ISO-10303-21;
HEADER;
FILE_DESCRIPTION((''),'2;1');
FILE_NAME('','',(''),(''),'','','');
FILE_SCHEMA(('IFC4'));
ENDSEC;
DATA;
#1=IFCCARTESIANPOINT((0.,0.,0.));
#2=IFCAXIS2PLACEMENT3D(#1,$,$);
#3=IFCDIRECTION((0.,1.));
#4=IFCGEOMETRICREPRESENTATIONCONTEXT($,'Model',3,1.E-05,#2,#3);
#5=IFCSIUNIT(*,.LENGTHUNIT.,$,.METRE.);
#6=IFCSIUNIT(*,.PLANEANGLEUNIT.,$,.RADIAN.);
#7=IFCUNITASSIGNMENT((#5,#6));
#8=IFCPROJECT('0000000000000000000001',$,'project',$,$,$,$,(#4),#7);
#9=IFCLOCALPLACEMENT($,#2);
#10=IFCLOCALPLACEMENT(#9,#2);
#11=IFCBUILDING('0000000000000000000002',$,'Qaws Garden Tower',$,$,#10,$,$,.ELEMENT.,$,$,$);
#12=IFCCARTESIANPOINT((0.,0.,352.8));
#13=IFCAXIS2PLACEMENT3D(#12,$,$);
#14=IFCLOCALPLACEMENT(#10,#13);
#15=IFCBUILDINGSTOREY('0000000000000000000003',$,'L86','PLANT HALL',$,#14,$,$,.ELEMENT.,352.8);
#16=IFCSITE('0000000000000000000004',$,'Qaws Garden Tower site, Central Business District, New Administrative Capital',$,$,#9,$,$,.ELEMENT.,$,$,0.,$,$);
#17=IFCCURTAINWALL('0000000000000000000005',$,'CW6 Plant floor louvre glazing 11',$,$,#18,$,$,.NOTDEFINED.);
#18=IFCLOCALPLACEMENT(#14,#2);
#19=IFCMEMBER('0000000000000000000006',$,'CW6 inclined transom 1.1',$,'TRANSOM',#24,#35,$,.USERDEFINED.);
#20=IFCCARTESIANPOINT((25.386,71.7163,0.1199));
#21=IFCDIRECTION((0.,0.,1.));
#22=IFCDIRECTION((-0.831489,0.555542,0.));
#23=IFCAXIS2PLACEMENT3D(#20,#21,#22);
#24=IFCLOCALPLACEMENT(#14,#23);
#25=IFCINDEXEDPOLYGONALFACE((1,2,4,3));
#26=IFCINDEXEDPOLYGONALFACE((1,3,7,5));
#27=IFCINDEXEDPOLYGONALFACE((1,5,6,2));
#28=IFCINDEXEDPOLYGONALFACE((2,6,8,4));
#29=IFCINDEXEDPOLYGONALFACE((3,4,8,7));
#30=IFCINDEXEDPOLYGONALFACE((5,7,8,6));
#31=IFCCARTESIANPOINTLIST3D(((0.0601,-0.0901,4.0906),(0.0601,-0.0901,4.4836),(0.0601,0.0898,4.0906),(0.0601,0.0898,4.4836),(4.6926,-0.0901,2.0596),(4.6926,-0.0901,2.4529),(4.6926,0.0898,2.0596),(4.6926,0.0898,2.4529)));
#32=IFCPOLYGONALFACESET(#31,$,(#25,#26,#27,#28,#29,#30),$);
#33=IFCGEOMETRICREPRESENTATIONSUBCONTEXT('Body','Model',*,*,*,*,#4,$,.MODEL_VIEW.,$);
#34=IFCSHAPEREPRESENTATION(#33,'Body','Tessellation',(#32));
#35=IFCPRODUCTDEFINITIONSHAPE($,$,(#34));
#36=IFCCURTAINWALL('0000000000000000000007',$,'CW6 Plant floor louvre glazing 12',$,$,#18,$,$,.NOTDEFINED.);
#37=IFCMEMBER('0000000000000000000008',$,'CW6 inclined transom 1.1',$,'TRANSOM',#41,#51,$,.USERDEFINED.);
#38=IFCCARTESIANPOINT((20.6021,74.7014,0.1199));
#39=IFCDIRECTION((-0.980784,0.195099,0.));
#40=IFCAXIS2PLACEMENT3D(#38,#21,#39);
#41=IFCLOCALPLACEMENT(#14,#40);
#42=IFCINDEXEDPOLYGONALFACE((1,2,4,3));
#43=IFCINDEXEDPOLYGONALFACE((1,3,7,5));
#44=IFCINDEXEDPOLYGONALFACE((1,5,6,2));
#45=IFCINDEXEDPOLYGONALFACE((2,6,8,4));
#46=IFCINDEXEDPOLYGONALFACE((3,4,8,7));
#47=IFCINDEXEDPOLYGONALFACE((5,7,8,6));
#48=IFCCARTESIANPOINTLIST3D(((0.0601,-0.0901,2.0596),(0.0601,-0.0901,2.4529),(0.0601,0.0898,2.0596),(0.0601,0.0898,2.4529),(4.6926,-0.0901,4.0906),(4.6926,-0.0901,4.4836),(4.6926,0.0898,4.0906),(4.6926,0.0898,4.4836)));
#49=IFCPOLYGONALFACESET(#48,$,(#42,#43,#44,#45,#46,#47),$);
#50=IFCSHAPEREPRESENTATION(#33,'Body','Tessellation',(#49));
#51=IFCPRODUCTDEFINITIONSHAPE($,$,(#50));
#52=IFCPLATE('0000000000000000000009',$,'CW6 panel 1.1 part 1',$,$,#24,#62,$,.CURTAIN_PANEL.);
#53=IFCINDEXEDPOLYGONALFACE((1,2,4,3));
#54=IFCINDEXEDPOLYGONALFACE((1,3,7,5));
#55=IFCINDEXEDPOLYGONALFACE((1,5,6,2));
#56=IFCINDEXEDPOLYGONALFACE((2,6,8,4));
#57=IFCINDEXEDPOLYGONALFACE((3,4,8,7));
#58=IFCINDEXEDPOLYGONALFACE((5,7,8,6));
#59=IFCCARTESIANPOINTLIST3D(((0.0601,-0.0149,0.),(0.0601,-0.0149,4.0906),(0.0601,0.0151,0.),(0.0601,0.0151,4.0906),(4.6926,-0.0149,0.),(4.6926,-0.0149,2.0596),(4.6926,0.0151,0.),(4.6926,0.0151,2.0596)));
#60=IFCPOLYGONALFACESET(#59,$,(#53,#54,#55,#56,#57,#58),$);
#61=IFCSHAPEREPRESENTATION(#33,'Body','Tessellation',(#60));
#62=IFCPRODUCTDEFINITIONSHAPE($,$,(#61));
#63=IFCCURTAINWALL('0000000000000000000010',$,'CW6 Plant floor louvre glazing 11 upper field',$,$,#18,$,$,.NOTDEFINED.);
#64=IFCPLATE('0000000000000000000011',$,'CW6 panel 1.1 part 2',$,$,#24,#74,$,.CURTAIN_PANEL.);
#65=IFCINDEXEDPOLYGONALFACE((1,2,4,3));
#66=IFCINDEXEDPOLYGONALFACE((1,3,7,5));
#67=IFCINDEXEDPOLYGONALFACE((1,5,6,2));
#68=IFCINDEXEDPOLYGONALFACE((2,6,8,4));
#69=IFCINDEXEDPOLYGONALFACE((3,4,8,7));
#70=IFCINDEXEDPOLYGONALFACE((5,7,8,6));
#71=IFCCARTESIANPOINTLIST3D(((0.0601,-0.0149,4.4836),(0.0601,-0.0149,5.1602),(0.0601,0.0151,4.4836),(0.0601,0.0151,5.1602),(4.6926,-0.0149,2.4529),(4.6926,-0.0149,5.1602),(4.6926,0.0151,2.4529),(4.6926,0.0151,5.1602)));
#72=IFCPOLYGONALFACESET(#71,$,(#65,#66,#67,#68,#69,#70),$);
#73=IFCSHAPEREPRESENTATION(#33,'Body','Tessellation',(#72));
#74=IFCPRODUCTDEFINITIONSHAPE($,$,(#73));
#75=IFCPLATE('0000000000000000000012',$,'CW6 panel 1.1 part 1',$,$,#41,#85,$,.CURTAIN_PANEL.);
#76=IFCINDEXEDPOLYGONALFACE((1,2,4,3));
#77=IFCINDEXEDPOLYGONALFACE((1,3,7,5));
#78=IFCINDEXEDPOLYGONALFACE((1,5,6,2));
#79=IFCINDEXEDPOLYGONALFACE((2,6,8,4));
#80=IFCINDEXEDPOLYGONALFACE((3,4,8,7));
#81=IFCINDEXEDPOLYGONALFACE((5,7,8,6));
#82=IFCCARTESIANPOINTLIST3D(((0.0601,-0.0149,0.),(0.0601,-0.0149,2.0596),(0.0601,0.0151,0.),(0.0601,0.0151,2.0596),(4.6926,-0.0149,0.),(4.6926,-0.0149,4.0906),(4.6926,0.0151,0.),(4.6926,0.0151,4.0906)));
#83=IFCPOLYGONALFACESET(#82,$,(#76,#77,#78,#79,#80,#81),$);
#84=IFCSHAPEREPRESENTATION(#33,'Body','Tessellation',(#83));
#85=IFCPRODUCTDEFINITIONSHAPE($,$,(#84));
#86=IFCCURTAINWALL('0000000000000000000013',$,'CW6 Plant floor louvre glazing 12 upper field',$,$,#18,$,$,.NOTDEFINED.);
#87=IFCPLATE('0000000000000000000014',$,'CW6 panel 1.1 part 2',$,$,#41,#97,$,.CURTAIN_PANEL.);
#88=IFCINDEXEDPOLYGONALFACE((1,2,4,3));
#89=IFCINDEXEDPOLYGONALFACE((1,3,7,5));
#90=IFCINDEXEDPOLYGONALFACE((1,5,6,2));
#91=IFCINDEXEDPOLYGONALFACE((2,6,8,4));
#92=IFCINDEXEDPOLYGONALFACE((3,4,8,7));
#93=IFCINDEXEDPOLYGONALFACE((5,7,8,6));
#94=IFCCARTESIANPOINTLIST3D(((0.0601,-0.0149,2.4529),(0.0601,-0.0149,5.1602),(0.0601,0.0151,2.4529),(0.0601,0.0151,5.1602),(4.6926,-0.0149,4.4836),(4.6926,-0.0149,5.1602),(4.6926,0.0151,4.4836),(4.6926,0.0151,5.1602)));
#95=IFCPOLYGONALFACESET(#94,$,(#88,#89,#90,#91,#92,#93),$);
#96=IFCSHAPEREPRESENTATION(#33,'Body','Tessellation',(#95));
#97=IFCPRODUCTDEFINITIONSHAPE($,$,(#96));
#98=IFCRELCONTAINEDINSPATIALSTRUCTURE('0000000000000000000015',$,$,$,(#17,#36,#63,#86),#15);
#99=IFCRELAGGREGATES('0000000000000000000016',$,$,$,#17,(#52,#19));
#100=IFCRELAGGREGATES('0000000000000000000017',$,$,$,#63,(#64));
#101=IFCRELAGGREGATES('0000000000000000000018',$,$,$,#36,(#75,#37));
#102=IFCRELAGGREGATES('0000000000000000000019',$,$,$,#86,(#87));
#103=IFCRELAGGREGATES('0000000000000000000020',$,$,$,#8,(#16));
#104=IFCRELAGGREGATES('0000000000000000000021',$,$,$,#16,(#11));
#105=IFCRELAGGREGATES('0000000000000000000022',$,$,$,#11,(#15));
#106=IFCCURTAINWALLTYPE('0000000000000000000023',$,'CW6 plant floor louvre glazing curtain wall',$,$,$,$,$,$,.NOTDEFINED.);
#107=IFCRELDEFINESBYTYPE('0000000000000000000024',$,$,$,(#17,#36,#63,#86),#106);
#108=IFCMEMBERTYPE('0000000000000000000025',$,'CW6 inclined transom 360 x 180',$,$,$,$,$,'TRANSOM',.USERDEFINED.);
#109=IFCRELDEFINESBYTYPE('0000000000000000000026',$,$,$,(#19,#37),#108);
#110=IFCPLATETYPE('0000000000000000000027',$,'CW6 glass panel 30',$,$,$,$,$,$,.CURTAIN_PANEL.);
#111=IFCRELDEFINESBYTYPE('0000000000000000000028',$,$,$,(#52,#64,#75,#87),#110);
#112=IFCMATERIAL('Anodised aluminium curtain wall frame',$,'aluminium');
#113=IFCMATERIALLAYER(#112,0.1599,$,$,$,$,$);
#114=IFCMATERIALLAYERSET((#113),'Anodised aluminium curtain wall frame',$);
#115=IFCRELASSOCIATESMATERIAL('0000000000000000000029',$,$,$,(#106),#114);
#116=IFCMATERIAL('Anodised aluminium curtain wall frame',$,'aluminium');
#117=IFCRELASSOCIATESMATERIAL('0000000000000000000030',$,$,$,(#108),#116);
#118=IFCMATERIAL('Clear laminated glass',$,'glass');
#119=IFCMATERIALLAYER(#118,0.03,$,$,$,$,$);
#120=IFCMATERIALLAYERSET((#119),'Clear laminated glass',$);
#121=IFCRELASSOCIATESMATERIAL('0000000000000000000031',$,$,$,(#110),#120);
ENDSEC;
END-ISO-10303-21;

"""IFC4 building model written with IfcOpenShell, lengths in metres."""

from ifc_helpers import new_model, si_unit, direction, frame, origin, origin_2d, place, context, subcontext, project, spatial, polyline, rectangle, outline, extrude, material, layer, layer_set, material_profile, profile_set, type_object, element, aggregate, save


model = new_model("IFC4")

# Units and contexts
model_context = context("Model", 3, precision=1e-05, world=origin(), true_north=direction((0.0, 1.0)))
body_context = subcontext(model_context, "Body", "Model", "MODEL_VIEW")
ifc_project = project(units=[si_unit("LENGTHUNIT", "METRE"), si_unit("PLANEANGLEUNIT", "RADIAN")], contexts=[model_context])

# Site, building, storey
site_placement = place(None, origin())
site = spatial("IfcSite", under=ifc_project, at=site_placement, Name="Qaws Garden Tower site, Central Business District, New Administrative Capital", CompositionType="ELEMENT", RefElevation=0.0)
building_placement = place(site_placement, origin())
building = spatial("IfcBuilding", under=site, at=building_placement, Name="Qaws Garden Tower", CompositionType="ELEMENT")
storey_placement = place(building_placement, frame((0.0, 0.0, 352.8)))
storey = spatial("IfcBuildingStorey", under=building, at=storey_placement, Name="L86", Description="PLANT HALL", CompositionType="ELEMENT", Elevation=352.8)

# Curtain walls, members
ifc_material_1 = material(Name="Anodised aluminium curtain wall frame", Category="aluminium")
ifc_layer_1 = layer(ifc_material_1, 0.1599)
ifc_layer_set_1 = layer_set([ifc_layer_1], Name="Anodised aluminium curtain wall frame")
curtain_wall_type = type_object("IfcCurtainWallType", Name="CW6 plant floor louvre glazing curtain wall", PredefinedType="NOTDEFINED", material=ifc_layer_set_1)
placement_1 = place(storey_placement, origin())
curtain_wall_1 = element("IfcCurtainWall", 1, at=placement_1, inside=storey, type_object=curtain_wall_type, Name="CW6 Plant floor louvre glazing 11", PredefinedType="NOTDEFINED")
ifc_material_2 = material(Name="Anodised aluminium curtain wall frame", Category="aluminium")
ifc_material_profile_1 = material_profile(ifc_material_2, rectangle(XDim=0.1799, YDim=0.3601, at=origin_2d()), Name="AL 180x360")
ifc_profile_set_1 = profile_set([ifc_material_profile_1], Name="Anodised aluminium curtain wall frame")
member_type_1 = type_object("IfcMemberType", Name="CW6 inclined transom 360 x 180", ElementType="TRANSOM", PredefinedType="USERDEFINED", material=ifc_profile_set_1)
placement_2 = place(storey_placement, frame((25.386, 71.7163, 0.1199), z_axis=(0.0, 0.0, 1.0), x_axis=(-0.831489, 0.555542, 0.0)))
member_1 = element("IfcMember", 2, at=placement_2, type_object=member_type_1, Name="CW6 inclined transom 1.1", ObjectType="TRANSOM", PredefinedType="USERDEFINED", context=body_context, shape_type="SweptSolid", body=[
    extrude(outline(polyline([(0.0601, 4.0906), (4.6926, 2.0596), (4.6926, 2.4529), (0.0601, 4.4836), (0.0601, 4.0906)])), frame((0.0, 0.0898, 0.0), z_axis=(0.0, -1.0, 0.0), x_axis=(1.0, 0.0, 0.0)), (0.0, 0.0, 1.0), 0.1799),
])
curtain_wall_2 = element("IfcCurtainWall", 3, at=placement_1, inside=storey, type_object=curtain_wall_type, Name="CW6 Plant floor louvre glazing 12", PredefinedType="NOTDEFINED")
placement_3 = place(storey_placement, frame((20.6021, 74.7014, 0.1199), z_axis=(0.0, 0.0, 1.0), x_axis=(-0.980784, 0.195099, 0.0)))
member_2 = element("IfcMember", 4, at=placement_3, type_object=member_type_1, Name="CW6 inclined transom 1.1", ObjectType="TRANSOM", PredefinedType="USERDEFINED", context=body_context, shape_type="SweptSolid", body=[
    extrude(outline(polyline([(0.0601, 2.0596), (4.6926, 4.0906), (4.6926, 4.4836), (0.0601, 2.4529), (0.0601, 2.0596)])), frame((0.0, 0.0898, 0.0), z_axis=(0.0, -1.0, 0.0), x_axis=(1.0, 0.0, 0.0)), (0.0, 0.0, 1.0), 0.1799),
])

# Plate
ifc_material_3 = material(Name="Clear laminated glass", Category="glass")
ifc_layer_2 = layer(ifc_material_3, 0.03)
ifc_layer_set_2 = layer_set([ifc_layer_2], Name="Clear laminated glass")
plate_type = type_object("IfcPlateType", Name="CW6 glass panel 30", PredefinedType="CURTAIN_PANEL", material=ifc_layer_set_2)
plate_1 = element("IfcPlate", 5, at=placement_2, type_object=plate_type, Name="CW6 panel 1.1 part 1", PredefinedType="CURTAIN_PANEL", context=body_context, shape_type="SweptSolid", body=[
    extrude(outline(polyline([(4.6926, 0.0), (4.6926, 2.0596), (0.0601, 4.0906), (0.0601, 0.0), (4.6926, 0.0)])), frame((0.0, 0.0151, 0.0), z_axis=(0.0, -1.0, 0.0), x_axis=(1.0, 0.0, 0.0)), (0.0, 0.0, 1.0), 0.03),
])
aggregate(curtain_wall_1, [plate_1, member_1])

# Curtain wall, plate
curtain_wall_3 = element("IfcCurtainWall", 6, at=placement_1, inside=storey, type_object=curtain_wall_type, Name="CW6 Plant floor louvre glazing 11 upper field", PredefinedType="NOTDEFINED")
plate_2 = element("IfcPlate", 7, at=placement_2, type_object=plate_type, Name="CW6 panel 1.1 part 2", PredefinedType="CURTAIN_PANEL", context=body_context, shape_type="SweptSolid", body=[
    extrude(outline(polyline([(0.0601, 5.1602), (0.0601, 4.4836), (4.6926, 2.4529), (4.6926, 5.1602), (0.0601, 5.1602)])), frame((0.0, 0.0151, 0.0), z_axis=(0.0, -1.0, 0.0), x_axis=(1.0, 0.0, 0.0)), (0.0, 0.0, 1.0), 0.03),
])
aggregate(curtain_wall_3, [plate_2])

# Plate
plate_3 = element("IfcPlate", 8, at=placement_3, type_object=plate_type, Name="CW6 panel 1.1 part 1", PredefinedType="CURTAIN_PANEL", context=body_context, shape_type="SweptSolid", body=[
    extrude(outline(polyline([(4.6926, 0.0), (4.6926, 4.0906), (0.0601, 2.0596), (0.0601, 0.0), (4.6926, 0.0)])), frame((0.0, 0.0151, 0.0), z_axis=(0.0, -1.0, 0.0), x_axis=(1.0, 0.0, 0.0)), (0.0, 0.0, 1.0), 0.03),
])
aggregate(curtain_wall_2, [plate_3, member_2])

# Curtain wall, plate
curtain_wall_4 = element("IfcCurtainWall", 9, at=placement_1, inside=storey, type_object=curtain_wall_type, Name="CW6 Plant floor louvre glazing 12 upper field", PredefinedType="NOTDEFINED")
plate_4 = element("IfcPlate", 10, at=placement_3, type_object=plate_type, Name="CW6 panel 1.1 part 2", PredefinedType="CURTAIN_PANEL", context=body_context, shape_type="SweptSolid", body=[
    extrude(outline(polyline([(0.0601, 5.1602), (0.0601, 2.4529), (4.6926, 4.4836), (4.6926, 5.1602), (0.0601, 5.1602)])), frame((0.0, 0.0151, 0.0), z_axis=(0.0, -1.0, 0.0), x_axis=(1.0, 0.0, 0.0)), (0.0, 0.0, 1.0), 0.03),
])
aggregate(curtain_wall_4, [plate_4])

save(model, "model.ifc")
